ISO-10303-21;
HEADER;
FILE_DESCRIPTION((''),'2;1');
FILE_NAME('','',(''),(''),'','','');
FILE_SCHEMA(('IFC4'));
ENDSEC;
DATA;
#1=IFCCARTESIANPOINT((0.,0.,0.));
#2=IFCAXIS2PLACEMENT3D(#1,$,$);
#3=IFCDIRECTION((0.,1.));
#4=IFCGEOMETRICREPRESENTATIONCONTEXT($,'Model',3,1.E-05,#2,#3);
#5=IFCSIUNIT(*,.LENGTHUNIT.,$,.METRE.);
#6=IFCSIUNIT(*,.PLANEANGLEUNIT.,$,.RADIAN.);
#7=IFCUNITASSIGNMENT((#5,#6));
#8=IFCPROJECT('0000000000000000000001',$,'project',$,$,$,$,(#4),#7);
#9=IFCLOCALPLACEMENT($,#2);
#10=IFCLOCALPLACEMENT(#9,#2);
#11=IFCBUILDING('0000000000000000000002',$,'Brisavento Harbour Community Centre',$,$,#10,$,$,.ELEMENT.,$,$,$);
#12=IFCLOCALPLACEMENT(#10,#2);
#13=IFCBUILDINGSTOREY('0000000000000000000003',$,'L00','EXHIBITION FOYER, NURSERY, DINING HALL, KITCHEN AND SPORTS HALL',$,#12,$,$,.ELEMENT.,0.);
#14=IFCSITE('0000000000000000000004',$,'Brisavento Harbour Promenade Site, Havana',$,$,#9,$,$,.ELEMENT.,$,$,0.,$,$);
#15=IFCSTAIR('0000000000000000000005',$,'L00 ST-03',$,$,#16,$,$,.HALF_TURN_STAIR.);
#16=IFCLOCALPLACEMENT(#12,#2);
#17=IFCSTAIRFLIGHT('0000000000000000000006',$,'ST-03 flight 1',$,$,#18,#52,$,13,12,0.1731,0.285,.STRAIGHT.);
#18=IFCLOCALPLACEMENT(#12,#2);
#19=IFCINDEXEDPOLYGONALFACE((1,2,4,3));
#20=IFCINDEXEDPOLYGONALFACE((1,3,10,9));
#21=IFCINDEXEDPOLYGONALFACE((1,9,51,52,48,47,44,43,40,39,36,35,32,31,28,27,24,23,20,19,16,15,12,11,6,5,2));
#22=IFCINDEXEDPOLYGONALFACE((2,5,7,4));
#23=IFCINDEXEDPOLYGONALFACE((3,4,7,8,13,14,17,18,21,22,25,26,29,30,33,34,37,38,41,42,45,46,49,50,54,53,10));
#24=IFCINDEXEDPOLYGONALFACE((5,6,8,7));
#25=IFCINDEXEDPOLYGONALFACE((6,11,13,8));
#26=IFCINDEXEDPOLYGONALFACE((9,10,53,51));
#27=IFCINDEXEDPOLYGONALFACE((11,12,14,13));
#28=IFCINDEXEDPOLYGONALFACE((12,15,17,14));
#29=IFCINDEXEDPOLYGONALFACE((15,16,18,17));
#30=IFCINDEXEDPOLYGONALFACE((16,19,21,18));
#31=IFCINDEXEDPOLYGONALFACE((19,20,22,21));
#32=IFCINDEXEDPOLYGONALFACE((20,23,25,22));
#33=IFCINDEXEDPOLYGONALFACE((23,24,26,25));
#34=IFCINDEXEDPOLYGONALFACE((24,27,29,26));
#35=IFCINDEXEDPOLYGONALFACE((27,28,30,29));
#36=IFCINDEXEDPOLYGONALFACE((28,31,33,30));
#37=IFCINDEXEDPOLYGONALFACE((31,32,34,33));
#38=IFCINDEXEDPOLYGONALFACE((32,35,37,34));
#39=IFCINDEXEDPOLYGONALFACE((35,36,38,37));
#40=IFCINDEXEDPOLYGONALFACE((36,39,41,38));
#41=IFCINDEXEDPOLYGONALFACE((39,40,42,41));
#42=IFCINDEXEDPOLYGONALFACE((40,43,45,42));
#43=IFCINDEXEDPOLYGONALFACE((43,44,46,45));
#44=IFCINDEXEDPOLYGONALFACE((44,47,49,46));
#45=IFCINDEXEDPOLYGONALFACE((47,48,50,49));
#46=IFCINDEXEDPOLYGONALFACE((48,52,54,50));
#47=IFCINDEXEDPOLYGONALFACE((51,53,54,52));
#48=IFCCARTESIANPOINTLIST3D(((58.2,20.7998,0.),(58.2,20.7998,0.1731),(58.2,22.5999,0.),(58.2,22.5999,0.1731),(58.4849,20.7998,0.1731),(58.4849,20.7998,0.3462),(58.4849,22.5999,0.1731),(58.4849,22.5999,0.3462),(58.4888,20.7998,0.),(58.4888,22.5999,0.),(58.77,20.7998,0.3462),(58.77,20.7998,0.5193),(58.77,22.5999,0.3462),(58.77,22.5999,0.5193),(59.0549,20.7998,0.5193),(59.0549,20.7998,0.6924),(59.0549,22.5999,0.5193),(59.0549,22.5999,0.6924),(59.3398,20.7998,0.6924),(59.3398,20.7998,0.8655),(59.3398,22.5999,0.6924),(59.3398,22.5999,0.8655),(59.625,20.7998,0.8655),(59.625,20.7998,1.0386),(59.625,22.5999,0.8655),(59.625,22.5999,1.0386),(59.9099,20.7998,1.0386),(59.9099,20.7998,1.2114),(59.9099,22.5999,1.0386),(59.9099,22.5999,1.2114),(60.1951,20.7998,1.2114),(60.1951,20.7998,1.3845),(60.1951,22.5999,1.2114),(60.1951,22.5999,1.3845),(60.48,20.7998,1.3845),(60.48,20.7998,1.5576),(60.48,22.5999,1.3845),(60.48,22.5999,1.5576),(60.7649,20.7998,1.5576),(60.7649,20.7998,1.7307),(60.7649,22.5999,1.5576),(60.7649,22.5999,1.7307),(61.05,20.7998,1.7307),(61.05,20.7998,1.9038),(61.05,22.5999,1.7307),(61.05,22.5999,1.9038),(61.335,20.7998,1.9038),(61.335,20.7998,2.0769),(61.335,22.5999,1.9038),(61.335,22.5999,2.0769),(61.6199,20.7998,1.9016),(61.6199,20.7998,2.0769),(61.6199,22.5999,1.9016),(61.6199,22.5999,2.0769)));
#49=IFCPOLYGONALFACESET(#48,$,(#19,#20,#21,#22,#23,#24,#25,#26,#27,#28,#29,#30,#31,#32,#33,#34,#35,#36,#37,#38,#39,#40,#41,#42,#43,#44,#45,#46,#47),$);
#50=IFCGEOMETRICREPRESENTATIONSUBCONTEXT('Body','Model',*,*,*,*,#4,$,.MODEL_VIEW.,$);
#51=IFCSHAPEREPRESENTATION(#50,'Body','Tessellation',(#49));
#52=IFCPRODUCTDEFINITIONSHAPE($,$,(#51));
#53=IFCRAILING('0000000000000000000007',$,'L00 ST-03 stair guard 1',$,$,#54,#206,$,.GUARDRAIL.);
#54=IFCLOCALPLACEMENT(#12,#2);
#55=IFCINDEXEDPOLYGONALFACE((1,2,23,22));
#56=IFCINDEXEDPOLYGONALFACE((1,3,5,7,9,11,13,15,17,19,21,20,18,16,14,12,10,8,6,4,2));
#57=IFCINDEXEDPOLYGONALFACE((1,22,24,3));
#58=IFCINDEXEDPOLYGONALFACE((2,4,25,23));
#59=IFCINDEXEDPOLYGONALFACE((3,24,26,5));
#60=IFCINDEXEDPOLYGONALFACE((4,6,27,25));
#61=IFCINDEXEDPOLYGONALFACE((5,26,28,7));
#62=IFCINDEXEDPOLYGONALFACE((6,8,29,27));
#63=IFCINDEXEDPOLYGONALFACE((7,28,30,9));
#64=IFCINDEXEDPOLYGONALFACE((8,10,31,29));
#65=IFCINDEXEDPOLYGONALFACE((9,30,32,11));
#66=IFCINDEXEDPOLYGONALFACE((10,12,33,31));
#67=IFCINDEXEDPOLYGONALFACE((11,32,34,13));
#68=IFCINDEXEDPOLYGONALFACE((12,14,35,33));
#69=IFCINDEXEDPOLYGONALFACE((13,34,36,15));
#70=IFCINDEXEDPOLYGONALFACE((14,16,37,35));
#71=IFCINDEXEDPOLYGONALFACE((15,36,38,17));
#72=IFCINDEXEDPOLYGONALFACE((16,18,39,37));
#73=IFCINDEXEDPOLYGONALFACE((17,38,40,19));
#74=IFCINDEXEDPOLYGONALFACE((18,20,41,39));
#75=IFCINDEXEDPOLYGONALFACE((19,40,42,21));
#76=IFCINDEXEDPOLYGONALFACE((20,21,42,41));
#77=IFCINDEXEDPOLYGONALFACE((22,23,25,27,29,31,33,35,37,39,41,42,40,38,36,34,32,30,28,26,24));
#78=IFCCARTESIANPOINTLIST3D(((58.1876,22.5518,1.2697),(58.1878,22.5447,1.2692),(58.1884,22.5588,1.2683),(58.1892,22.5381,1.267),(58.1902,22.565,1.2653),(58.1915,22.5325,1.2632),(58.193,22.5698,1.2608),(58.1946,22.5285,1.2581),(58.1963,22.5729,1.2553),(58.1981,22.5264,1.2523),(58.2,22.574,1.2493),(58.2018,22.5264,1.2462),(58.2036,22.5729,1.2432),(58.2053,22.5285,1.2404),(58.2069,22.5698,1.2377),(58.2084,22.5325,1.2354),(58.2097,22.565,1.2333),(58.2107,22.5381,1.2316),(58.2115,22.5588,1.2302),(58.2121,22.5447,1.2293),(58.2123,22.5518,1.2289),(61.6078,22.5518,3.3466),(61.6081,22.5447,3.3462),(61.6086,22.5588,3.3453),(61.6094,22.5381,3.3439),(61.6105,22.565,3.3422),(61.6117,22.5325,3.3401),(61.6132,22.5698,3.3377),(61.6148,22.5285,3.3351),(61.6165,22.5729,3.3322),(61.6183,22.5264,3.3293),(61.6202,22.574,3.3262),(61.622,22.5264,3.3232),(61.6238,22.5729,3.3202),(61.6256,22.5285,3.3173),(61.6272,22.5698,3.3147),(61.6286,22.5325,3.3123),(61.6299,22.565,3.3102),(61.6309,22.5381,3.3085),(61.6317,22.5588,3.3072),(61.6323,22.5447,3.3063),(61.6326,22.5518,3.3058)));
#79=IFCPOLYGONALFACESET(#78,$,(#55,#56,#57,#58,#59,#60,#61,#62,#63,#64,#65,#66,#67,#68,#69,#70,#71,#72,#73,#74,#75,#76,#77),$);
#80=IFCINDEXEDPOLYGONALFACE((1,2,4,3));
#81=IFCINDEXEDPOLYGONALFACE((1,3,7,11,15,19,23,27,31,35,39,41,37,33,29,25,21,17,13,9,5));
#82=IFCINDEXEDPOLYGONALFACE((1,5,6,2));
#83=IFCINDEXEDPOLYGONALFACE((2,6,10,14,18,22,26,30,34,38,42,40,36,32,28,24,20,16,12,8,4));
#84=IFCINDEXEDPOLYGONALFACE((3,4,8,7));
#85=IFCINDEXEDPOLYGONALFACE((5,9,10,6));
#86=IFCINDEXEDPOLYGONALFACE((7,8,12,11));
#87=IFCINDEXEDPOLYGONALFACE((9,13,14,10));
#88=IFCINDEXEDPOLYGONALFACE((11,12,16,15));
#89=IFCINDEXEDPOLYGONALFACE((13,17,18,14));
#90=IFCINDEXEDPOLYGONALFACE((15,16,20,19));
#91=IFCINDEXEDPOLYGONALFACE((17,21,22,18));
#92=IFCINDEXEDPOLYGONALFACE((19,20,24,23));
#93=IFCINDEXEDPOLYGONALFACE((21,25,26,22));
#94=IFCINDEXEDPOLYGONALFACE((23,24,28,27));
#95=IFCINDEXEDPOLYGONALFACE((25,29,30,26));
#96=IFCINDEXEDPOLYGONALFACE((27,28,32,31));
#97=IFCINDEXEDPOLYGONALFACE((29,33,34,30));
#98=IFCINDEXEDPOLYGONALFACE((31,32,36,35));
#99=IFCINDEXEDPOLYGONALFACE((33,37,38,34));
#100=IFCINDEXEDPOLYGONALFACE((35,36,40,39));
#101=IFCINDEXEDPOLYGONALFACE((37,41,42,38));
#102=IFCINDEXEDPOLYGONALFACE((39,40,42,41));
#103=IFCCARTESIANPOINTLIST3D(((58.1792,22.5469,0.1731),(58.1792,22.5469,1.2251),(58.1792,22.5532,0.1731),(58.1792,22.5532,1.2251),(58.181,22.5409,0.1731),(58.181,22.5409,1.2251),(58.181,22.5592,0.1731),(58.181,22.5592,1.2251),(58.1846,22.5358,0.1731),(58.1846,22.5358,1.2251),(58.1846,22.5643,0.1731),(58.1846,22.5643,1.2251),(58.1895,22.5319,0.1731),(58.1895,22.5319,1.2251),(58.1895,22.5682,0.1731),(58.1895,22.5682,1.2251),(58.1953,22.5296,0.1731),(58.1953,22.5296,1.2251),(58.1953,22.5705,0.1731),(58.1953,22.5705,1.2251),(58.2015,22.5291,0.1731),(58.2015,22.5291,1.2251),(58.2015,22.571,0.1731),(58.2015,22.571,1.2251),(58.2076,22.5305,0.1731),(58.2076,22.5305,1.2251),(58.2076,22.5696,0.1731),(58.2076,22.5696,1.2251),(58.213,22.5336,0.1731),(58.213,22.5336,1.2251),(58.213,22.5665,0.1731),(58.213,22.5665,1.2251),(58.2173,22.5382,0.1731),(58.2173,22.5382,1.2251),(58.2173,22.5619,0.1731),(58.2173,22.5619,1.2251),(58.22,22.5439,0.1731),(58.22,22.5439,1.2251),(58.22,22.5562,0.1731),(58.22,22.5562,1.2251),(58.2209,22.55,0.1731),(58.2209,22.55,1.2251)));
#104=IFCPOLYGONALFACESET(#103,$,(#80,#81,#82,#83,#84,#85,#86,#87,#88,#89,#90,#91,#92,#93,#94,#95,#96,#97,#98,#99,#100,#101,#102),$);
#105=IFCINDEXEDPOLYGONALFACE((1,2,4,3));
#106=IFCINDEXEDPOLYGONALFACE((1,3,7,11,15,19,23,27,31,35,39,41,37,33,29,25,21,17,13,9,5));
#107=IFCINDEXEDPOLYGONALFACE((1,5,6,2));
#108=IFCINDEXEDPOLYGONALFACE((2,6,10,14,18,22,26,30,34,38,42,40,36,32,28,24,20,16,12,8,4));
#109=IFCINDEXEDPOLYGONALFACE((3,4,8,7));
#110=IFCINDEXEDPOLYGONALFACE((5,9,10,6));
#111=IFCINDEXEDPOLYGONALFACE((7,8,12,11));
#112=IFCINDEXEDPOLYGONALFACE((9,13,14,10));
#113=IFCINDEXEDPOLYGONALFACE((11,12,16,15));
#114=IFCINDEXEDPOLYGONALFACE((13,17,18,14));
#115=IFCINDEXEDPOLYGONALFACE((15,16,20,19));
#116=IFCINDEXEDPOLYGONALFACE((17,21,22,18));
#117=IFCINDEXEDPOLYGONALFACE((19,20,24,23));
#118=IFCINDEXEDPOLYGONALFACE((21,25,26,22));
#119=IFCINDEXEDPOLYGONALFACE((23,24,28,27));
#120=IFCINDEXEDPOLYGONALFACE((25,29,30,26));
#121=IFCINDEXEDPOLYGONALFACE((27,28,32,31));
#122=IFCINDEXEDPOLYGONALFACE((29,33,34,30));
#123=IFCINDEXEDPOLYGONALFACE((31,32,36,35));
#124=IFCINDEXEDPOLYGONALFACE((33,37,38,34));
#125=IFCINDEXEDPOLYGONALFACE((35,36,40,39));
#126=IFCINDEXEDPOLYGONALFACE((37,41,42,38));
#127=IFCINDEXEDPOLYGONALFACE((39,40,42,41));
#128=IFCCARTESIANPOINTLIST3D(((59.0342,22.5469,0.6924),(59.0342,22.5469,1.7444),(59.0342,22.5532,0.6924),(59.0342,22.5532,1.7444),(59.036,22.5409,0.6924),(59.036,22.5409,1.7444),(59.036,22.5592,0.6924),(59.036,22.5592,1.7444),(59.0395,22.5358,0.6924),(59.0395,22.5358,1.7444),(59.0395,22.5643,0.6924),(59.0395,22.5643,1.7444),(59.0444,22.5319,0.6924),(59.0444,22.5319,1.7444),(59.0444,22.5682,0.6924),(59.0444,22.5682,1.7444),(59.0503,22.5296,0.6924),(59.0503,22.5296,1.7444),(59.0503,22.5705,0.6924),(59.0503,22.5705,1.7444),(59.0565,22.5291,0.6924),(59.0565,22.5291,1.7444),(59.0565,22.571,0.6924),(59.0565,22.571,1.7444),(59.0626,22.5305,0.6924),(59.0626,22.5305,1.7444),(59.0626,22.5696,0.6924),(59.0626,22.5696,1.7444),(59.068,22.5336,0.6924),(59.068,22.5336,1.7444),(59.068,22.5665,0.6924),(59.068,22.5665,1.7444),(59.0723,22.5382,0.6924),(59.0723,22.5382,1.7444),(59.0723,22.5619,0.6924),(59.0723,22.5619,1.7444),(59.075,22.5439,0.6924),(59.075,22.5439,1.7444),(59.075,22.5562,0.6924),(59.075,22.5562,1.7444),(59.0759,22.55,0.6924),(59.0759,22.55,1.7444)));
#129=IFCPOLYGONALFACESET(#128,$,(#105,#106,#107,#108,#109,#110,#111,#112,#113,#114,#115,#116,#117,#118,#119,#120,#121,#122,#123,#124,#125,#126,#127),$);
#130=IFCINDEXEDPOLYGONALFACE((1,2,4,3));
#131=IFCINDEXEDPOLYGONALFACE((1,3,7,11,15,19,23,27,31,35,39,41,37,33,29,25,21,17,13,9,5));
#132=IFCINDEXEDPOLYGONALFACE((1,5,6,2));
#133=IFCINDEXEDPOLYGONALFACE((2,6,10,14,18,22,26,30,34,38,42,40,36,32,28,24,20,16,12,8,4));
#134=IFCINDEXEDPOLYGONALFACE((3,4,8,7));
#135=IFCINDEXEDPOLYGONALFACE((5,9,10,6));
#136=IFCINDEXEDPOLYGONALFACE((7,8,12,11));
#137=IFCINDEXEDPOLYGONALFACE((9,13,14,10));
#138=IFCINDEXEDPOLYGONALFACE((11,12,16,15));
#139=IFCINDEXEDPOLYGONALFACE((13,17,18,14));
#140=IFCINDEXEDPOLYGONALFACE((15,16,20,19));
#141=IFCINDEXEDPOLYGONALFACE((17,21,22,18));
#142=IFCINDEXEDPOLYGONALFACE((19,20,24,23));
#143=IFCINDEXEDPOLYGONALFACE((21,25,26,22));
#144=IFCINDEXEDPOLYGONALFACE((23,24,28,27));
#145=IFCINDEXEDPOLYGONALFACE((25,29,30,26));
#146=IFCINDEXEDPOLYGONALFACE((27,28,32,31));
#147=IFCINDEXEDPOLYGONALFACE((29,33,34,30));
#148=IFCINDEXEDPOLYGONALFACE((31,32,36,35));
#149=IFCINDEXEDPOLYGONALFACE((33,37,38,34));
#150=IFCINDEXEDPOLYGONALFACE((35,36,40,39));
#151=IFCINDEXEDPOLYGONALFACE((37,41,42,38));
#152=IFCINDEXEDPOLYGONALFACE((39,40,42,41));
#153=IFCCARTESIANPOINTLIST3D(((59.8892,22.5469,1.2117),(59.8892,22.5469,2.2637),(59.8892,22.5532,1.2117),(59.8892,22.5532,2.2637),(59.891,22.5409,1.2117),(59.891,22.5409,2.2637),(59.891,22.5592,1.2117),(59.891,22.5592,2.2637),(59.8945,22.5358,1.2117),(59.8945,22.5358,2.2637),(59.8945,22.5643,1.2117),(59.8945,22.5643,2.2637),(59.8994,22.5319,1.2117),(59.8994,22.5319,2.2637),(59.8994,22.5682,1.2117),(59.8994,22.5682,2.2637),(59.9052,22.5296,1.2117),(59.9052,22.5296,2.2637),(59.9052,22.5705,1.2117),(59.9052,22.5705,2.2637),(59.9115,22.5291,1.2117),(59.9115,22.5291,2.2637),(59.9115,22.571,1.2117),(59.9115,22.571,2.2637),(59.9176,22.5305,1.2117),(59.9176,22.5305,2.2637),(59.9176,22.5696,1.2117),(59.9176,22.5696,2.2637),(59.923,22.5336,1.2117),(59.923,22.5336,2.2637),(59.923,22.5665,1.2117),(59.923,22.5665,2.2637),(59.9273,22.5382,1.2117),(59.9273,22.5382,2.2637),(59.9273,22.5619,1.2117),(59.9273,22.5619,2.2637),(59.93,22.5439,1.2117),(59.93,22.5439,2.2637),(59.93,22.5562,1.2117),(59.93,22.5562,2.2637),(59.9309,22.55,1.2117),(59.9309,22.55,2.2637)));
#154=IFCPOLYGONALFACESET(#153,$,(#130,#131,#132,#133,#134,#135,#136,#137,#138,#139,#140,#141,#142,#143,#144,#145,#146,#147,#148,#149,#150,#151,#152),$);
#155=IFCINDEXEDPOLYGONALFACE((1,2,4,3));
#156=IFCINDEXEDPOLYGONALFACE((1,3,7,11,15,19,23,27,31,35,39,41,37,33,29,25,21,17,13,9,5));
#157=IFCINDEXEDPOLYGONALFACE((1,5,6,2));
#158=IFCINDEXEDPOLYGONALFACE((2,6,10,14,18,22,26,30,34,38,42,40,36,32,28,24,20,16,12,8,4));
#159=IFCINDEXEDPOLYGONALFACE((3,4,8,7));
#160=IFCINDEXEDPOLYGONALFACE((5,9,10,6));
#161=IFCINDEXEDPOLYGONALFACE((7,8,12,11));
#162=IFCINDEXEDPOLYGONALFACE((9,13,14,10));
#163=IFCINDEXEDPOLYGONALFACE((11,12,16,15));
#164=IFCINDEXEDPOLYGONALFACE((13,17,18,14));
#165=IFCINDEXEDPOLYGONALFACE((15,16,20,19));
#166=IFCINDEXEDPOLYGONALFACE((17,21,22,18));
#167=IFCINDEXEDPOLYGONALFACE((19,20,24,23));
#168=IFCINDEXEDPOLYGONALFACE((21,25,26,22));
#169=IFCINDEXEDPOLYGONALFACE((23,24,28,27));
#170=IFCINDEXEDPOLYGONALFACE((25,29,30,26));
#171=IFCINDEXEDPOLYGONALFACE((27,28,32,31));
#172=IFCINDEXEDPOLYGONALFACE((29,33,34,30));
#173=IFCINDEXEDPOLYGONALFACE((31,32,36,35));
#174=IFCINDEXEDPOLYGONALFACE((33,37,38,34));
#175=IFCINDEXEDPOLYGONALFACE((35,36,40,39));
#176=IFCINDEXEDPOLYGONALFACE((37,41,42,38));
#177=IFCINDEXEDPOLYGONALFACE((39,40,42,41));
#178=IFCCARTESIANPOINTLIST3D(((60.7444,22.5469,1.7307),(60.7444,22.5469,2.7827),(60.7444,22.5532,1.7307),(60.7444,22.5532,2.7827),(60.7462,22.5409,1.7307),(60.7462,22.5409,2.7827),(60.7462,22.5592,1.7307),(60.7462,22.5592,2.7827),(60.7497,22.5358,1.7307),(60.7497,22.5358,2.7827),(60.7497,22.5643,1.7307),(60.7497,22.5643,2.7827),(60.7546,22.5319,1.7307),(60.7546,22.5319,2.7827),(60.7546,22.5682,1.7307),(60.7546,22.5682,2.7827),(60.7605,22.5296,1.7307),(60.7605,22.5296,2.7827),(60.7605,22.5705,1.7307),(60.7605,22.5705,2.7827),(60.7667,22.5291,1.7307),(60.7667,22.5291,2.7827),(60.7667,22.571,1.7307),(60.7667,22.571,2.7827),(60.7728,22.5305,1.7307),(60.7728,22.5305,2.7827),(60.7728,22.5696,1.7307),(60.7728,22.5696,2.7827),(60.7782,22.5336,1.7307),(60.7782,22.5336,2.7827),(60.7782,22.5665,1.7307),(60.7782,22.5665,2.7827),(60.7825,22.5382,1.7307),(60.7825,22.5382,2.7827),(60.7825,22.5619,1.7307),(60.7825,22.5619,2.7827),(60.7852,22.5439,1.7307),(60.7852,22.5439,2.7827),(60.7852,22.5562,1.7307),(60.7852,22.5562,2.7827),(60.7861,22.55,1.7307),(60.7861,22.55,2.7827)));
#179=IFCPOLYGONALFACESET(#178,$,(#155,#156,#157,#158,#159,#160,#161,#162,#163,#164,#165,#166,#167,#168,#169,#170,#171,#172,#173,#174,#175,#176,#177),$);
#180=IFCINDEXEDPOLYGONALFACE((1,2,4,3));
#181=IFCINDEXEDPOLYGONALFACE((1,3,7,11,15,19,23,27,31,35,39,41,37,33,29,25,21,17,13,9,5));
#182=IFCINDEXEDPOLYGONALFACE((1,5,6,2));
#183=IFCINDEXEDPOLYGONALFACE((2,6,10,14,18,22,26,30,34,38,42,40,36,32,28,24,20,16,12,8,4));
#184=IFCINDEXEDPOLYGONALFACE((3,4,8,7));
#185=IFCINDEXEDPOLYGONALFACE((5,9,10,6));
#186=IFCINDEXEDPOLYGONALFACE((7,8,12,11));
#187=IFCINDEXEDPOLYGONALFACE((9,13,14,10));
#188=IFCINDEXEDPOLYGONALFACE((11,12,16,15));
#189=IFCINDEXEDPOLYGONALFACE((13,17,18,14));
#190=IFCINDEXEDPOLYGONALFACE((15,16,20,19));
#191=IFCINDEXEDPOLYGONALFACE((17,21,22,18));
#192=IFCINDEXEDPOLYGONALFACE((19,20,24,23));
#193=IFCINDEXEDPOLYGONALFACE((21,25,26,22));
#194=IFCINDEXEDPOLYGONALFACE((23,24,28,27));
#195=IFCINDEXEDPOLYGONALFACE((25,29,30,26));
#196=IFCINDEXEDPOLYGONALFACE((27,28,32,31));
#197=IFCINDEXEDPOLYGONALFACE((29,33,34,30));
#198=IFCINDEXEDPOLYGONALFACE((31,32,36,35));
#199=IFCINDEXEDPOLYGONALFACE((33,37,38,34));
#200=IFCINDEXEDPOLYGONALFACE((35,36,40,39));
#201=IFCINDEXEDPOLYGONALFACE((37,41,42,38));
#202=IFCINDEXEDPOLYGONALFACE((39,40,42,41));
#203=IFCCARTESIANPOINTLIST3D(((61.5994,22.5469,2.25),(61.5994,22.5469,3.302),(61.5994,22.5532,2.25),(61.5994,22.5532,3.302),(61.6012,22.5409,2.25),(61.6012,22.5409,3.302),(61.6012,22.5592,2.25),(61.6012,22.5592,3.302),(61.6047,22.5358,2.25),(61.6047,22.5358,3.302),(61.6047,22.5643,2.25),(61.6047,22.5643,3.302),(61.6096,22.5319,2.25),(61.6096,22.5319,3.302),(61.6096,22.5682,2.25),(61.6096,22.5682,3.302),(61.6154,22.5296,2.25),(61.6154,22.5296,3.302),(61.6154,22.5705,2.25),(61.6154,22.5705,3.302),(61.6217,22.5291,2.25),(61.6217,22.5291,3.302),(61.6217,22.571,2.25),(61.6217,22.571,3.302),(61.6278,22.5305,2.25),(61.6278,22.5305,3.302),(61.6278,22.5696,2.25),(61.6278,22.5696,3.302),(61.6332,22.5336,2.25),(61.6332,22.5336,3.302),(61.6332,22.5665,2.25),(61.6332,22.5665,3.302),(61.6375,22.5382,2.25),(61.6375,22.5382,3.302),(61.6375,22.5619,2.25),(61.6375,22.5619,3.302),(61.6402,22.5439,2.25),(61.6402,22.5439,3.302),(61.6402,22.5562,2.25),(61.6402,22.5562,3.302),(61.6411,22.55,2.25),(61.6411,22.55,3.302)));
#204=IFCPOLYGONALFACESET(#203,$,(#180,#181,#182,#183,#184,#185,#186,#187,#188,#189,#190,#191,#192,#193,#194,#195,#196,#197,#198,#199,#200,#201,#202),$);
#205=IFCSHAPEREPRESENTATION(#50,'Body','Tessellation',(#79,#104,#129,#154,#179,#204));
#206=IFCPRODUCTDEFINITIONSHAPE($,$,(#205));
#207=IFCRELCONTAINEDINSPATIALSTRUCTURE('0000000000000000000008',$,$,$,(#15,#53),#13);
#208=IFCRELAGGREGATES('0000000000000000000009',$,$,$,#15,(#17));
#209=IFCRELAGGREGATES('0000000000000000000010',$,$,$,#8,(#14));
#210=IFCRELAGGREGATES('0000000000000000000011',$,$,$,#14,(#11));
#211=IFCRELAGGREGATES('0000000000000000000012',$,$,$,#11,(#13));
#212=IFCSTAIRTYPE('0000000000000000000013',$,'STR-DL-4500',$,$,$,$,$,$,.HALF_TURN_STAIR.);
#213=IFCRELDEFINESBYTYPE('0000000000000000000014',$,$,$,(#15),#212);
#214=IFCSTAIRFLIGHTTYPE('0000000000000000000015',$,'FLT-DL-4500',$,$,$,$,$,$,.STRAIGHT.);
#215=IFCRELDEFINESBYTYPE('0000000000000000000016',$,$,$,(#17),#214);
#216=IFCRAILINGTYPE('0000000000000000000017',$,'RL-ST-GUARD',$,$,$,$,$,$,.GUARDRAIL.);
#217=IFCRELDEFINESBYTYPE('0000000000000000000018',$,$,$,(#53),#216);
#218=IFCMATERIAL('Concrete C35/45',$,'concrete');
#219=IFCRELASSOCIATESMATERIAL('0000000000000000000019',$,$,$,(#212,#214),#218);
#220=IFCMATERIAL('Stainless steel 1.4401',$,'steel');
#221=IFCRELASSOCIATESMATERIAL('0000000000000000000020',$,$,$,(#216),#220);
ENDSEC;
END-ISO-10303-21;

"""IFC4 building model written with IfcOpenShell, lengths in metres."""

from ifc_helpers import new_model, si_unit, direction, frame, origin, origin_2d, place, context, subcontext, project, spatial, polyline, circle, outline, extrude, material, type_object, element, aggregate, save


model = new_model("IFC4")

# Units and contexts
model_context = context("Model", 3, precision=1e-05, world=origin(), true_north=direction((0.0, 1.0)))
body_context = subcontext(model_context, "Body", "Model", "MODEL_VIEW")
ifc_project = project(units=[si_unit("LENGTHUNIT", "METRE"), si_unit("PLANEANGLEUNIT", "RADIAN")], contexts=[model_context])

# Site, building, storey
site_placement = place(None, origin())
site = spatial("IfcSite", under=ifc_project, at=site_placement, Name="Brisavento Harbour Promenade Site, Havana", CompositionType="ELEMENT", RefElevation=0.0)
building_placement = place(site_placement, origin())
building = spatial("IfcBuilding", under=site, at=building_placement, Name="Brisavento Harbour Community Centre", CompositionType="ELEMENT")
storey_placement = place(building_placement, origin())
storey = spatial("IfcBuildingStorey", under=building, at=storey_placement, Name="L00", Description="EXHIBITION FOYER, NURSERY, DINING HALL, KITCHEN AND SPORTS HALL", CompositionType="ELEMENT", Elevation=0.0)

# Stair, stair flight
ifc_material_1 = material(Name="Concrete C35/45", Category="concrete")
stair_type = type_object("IfcStairType", Name="STR-DL-4500", PredefinedType="HALF_TURN_STAIR", material=ifc_material_1)
stair_placement = place(storey_placement, origin())
stair = element("IfcStair", 1, at=stair_placement, inside=storey, type_object=stair_type, Name="L00 ST-03", PredefinedType="HALF_TURN_STAIR")
stair_flight_type = type_object("IfcStairFlightType", Name="FLT-DL-4500", PredefinedType="STRAIGHT", material=ifc_material_1)
stair_flight_placement = place(storey_placement, frame((58.2, 21.7, 0.0), z_axis=(0.0, 0.0, 1.0), x_axis=(1.0, 0.0, 0.0)))
stair_flight = element("IfcStairFlight", 2, at=stair_flight_placement, type_object=stair_flight_type, Name="ST-03 flight 1", NumberOfRisers=13, NumberOfTreads=12, PredefinedType="STRAIGHT", RiserHeight=0.1731, TreadLength=0.285, context=body_context, shape_type="SweptSolid", body=[
    extrude(outline(polyline([(0.0, 0.0), (0.0, 0.1731), (0.2849, 0.1731), (0.2849, 0.3462), (0.5701, 0.3462), (0.5701, 0.5193), (0.855, 0.5193), (0.855, 0.6924), (1.1399, 0.6924), (1.1399, 0.8655), (1.425, 0.8655), (1.425, 1.0386), (1.71, 1.0386), (1.71, 1.2114), (1.9951, 1.2114), (1.9951, 1.3845), (2.28, 1.3845), (2.28, 1.5576), (2.5649, 1.5576), (2.5649, 1.7307), (2.8501, 1.7307), (2.8501, 1.9038), (3.135, 1.9038), (3.135, 2.0769), (3.4199, 2.0769), (3.4199, 2.25), (3.4199, 1.9016), (0.2888, 0.0), (0.0, 0.0)])), frame((0.0, 0.8999, 0.0), z_axis=(0.0, -1.0, 0.0), x_axis=(1.0, 0.0, 0.0)), (0.0, 0.0, 1.0), 1.8),
])
aggregate(stair, [stair_flight])

# Railing
ifc_material_2 = material(Name="Stainless steel 1.4401", Category="steel")
railing_type_1 = type_object("IfcRailingType", Name="RL-ST-GUARD", PredefinedType="GUARDRAIL", material=ifc_material_2)
railing_1_placement = place(storey_placement, frame((58.2, 22.55, 0.1731)))
element("IfcRailing", 3, at=railing_1_placement, inside=storey, type_object=railing_type_1, Name="L00 ST-03 stair guard 1", PredefinedType="GUARDRAIL", context=body_context, shape_type="SweptSolid", body=[
    extrude(circle(Radius=0.0239, at=origin_2d()), frame((0.0, 0.0, 1.0762), z_axis=(0.854746, 0.0, 0.519047), x_axis=(0.0, 1.0, 0.0)), (0.0, 0.0, 1.0), 4.0015),
    extrude(circle(Radius=0.021, at=origin_2d()), origin(), (0.0, 0.0, 1.0), 1.052),
    extrude(circle(Radius=0.021, at=origin_2d()), frame((0.855, 0.0, 0.5193)), (0.0, 0.0, 1.0), 1.052),
    extrude(circle(Radius=0.021, at=origin_2d()), frame((1.71, 0.0, 1.0386)), (0.0, 0.0, 1.0), 1.052),
    extrude(circle(Radius=0.021, at=origin_2d()), frame((2.5652, 0.0, 1.5576)), (0.0, 0.0, 1.0), 1.052),
    extrude(circle(Radius=0.021, at=origin_2d()), frame((3.4202, 0.0, 2.0769)), (0.0, 0.0, 1.0), 1.052),
])

save(model, "model.ifc")
